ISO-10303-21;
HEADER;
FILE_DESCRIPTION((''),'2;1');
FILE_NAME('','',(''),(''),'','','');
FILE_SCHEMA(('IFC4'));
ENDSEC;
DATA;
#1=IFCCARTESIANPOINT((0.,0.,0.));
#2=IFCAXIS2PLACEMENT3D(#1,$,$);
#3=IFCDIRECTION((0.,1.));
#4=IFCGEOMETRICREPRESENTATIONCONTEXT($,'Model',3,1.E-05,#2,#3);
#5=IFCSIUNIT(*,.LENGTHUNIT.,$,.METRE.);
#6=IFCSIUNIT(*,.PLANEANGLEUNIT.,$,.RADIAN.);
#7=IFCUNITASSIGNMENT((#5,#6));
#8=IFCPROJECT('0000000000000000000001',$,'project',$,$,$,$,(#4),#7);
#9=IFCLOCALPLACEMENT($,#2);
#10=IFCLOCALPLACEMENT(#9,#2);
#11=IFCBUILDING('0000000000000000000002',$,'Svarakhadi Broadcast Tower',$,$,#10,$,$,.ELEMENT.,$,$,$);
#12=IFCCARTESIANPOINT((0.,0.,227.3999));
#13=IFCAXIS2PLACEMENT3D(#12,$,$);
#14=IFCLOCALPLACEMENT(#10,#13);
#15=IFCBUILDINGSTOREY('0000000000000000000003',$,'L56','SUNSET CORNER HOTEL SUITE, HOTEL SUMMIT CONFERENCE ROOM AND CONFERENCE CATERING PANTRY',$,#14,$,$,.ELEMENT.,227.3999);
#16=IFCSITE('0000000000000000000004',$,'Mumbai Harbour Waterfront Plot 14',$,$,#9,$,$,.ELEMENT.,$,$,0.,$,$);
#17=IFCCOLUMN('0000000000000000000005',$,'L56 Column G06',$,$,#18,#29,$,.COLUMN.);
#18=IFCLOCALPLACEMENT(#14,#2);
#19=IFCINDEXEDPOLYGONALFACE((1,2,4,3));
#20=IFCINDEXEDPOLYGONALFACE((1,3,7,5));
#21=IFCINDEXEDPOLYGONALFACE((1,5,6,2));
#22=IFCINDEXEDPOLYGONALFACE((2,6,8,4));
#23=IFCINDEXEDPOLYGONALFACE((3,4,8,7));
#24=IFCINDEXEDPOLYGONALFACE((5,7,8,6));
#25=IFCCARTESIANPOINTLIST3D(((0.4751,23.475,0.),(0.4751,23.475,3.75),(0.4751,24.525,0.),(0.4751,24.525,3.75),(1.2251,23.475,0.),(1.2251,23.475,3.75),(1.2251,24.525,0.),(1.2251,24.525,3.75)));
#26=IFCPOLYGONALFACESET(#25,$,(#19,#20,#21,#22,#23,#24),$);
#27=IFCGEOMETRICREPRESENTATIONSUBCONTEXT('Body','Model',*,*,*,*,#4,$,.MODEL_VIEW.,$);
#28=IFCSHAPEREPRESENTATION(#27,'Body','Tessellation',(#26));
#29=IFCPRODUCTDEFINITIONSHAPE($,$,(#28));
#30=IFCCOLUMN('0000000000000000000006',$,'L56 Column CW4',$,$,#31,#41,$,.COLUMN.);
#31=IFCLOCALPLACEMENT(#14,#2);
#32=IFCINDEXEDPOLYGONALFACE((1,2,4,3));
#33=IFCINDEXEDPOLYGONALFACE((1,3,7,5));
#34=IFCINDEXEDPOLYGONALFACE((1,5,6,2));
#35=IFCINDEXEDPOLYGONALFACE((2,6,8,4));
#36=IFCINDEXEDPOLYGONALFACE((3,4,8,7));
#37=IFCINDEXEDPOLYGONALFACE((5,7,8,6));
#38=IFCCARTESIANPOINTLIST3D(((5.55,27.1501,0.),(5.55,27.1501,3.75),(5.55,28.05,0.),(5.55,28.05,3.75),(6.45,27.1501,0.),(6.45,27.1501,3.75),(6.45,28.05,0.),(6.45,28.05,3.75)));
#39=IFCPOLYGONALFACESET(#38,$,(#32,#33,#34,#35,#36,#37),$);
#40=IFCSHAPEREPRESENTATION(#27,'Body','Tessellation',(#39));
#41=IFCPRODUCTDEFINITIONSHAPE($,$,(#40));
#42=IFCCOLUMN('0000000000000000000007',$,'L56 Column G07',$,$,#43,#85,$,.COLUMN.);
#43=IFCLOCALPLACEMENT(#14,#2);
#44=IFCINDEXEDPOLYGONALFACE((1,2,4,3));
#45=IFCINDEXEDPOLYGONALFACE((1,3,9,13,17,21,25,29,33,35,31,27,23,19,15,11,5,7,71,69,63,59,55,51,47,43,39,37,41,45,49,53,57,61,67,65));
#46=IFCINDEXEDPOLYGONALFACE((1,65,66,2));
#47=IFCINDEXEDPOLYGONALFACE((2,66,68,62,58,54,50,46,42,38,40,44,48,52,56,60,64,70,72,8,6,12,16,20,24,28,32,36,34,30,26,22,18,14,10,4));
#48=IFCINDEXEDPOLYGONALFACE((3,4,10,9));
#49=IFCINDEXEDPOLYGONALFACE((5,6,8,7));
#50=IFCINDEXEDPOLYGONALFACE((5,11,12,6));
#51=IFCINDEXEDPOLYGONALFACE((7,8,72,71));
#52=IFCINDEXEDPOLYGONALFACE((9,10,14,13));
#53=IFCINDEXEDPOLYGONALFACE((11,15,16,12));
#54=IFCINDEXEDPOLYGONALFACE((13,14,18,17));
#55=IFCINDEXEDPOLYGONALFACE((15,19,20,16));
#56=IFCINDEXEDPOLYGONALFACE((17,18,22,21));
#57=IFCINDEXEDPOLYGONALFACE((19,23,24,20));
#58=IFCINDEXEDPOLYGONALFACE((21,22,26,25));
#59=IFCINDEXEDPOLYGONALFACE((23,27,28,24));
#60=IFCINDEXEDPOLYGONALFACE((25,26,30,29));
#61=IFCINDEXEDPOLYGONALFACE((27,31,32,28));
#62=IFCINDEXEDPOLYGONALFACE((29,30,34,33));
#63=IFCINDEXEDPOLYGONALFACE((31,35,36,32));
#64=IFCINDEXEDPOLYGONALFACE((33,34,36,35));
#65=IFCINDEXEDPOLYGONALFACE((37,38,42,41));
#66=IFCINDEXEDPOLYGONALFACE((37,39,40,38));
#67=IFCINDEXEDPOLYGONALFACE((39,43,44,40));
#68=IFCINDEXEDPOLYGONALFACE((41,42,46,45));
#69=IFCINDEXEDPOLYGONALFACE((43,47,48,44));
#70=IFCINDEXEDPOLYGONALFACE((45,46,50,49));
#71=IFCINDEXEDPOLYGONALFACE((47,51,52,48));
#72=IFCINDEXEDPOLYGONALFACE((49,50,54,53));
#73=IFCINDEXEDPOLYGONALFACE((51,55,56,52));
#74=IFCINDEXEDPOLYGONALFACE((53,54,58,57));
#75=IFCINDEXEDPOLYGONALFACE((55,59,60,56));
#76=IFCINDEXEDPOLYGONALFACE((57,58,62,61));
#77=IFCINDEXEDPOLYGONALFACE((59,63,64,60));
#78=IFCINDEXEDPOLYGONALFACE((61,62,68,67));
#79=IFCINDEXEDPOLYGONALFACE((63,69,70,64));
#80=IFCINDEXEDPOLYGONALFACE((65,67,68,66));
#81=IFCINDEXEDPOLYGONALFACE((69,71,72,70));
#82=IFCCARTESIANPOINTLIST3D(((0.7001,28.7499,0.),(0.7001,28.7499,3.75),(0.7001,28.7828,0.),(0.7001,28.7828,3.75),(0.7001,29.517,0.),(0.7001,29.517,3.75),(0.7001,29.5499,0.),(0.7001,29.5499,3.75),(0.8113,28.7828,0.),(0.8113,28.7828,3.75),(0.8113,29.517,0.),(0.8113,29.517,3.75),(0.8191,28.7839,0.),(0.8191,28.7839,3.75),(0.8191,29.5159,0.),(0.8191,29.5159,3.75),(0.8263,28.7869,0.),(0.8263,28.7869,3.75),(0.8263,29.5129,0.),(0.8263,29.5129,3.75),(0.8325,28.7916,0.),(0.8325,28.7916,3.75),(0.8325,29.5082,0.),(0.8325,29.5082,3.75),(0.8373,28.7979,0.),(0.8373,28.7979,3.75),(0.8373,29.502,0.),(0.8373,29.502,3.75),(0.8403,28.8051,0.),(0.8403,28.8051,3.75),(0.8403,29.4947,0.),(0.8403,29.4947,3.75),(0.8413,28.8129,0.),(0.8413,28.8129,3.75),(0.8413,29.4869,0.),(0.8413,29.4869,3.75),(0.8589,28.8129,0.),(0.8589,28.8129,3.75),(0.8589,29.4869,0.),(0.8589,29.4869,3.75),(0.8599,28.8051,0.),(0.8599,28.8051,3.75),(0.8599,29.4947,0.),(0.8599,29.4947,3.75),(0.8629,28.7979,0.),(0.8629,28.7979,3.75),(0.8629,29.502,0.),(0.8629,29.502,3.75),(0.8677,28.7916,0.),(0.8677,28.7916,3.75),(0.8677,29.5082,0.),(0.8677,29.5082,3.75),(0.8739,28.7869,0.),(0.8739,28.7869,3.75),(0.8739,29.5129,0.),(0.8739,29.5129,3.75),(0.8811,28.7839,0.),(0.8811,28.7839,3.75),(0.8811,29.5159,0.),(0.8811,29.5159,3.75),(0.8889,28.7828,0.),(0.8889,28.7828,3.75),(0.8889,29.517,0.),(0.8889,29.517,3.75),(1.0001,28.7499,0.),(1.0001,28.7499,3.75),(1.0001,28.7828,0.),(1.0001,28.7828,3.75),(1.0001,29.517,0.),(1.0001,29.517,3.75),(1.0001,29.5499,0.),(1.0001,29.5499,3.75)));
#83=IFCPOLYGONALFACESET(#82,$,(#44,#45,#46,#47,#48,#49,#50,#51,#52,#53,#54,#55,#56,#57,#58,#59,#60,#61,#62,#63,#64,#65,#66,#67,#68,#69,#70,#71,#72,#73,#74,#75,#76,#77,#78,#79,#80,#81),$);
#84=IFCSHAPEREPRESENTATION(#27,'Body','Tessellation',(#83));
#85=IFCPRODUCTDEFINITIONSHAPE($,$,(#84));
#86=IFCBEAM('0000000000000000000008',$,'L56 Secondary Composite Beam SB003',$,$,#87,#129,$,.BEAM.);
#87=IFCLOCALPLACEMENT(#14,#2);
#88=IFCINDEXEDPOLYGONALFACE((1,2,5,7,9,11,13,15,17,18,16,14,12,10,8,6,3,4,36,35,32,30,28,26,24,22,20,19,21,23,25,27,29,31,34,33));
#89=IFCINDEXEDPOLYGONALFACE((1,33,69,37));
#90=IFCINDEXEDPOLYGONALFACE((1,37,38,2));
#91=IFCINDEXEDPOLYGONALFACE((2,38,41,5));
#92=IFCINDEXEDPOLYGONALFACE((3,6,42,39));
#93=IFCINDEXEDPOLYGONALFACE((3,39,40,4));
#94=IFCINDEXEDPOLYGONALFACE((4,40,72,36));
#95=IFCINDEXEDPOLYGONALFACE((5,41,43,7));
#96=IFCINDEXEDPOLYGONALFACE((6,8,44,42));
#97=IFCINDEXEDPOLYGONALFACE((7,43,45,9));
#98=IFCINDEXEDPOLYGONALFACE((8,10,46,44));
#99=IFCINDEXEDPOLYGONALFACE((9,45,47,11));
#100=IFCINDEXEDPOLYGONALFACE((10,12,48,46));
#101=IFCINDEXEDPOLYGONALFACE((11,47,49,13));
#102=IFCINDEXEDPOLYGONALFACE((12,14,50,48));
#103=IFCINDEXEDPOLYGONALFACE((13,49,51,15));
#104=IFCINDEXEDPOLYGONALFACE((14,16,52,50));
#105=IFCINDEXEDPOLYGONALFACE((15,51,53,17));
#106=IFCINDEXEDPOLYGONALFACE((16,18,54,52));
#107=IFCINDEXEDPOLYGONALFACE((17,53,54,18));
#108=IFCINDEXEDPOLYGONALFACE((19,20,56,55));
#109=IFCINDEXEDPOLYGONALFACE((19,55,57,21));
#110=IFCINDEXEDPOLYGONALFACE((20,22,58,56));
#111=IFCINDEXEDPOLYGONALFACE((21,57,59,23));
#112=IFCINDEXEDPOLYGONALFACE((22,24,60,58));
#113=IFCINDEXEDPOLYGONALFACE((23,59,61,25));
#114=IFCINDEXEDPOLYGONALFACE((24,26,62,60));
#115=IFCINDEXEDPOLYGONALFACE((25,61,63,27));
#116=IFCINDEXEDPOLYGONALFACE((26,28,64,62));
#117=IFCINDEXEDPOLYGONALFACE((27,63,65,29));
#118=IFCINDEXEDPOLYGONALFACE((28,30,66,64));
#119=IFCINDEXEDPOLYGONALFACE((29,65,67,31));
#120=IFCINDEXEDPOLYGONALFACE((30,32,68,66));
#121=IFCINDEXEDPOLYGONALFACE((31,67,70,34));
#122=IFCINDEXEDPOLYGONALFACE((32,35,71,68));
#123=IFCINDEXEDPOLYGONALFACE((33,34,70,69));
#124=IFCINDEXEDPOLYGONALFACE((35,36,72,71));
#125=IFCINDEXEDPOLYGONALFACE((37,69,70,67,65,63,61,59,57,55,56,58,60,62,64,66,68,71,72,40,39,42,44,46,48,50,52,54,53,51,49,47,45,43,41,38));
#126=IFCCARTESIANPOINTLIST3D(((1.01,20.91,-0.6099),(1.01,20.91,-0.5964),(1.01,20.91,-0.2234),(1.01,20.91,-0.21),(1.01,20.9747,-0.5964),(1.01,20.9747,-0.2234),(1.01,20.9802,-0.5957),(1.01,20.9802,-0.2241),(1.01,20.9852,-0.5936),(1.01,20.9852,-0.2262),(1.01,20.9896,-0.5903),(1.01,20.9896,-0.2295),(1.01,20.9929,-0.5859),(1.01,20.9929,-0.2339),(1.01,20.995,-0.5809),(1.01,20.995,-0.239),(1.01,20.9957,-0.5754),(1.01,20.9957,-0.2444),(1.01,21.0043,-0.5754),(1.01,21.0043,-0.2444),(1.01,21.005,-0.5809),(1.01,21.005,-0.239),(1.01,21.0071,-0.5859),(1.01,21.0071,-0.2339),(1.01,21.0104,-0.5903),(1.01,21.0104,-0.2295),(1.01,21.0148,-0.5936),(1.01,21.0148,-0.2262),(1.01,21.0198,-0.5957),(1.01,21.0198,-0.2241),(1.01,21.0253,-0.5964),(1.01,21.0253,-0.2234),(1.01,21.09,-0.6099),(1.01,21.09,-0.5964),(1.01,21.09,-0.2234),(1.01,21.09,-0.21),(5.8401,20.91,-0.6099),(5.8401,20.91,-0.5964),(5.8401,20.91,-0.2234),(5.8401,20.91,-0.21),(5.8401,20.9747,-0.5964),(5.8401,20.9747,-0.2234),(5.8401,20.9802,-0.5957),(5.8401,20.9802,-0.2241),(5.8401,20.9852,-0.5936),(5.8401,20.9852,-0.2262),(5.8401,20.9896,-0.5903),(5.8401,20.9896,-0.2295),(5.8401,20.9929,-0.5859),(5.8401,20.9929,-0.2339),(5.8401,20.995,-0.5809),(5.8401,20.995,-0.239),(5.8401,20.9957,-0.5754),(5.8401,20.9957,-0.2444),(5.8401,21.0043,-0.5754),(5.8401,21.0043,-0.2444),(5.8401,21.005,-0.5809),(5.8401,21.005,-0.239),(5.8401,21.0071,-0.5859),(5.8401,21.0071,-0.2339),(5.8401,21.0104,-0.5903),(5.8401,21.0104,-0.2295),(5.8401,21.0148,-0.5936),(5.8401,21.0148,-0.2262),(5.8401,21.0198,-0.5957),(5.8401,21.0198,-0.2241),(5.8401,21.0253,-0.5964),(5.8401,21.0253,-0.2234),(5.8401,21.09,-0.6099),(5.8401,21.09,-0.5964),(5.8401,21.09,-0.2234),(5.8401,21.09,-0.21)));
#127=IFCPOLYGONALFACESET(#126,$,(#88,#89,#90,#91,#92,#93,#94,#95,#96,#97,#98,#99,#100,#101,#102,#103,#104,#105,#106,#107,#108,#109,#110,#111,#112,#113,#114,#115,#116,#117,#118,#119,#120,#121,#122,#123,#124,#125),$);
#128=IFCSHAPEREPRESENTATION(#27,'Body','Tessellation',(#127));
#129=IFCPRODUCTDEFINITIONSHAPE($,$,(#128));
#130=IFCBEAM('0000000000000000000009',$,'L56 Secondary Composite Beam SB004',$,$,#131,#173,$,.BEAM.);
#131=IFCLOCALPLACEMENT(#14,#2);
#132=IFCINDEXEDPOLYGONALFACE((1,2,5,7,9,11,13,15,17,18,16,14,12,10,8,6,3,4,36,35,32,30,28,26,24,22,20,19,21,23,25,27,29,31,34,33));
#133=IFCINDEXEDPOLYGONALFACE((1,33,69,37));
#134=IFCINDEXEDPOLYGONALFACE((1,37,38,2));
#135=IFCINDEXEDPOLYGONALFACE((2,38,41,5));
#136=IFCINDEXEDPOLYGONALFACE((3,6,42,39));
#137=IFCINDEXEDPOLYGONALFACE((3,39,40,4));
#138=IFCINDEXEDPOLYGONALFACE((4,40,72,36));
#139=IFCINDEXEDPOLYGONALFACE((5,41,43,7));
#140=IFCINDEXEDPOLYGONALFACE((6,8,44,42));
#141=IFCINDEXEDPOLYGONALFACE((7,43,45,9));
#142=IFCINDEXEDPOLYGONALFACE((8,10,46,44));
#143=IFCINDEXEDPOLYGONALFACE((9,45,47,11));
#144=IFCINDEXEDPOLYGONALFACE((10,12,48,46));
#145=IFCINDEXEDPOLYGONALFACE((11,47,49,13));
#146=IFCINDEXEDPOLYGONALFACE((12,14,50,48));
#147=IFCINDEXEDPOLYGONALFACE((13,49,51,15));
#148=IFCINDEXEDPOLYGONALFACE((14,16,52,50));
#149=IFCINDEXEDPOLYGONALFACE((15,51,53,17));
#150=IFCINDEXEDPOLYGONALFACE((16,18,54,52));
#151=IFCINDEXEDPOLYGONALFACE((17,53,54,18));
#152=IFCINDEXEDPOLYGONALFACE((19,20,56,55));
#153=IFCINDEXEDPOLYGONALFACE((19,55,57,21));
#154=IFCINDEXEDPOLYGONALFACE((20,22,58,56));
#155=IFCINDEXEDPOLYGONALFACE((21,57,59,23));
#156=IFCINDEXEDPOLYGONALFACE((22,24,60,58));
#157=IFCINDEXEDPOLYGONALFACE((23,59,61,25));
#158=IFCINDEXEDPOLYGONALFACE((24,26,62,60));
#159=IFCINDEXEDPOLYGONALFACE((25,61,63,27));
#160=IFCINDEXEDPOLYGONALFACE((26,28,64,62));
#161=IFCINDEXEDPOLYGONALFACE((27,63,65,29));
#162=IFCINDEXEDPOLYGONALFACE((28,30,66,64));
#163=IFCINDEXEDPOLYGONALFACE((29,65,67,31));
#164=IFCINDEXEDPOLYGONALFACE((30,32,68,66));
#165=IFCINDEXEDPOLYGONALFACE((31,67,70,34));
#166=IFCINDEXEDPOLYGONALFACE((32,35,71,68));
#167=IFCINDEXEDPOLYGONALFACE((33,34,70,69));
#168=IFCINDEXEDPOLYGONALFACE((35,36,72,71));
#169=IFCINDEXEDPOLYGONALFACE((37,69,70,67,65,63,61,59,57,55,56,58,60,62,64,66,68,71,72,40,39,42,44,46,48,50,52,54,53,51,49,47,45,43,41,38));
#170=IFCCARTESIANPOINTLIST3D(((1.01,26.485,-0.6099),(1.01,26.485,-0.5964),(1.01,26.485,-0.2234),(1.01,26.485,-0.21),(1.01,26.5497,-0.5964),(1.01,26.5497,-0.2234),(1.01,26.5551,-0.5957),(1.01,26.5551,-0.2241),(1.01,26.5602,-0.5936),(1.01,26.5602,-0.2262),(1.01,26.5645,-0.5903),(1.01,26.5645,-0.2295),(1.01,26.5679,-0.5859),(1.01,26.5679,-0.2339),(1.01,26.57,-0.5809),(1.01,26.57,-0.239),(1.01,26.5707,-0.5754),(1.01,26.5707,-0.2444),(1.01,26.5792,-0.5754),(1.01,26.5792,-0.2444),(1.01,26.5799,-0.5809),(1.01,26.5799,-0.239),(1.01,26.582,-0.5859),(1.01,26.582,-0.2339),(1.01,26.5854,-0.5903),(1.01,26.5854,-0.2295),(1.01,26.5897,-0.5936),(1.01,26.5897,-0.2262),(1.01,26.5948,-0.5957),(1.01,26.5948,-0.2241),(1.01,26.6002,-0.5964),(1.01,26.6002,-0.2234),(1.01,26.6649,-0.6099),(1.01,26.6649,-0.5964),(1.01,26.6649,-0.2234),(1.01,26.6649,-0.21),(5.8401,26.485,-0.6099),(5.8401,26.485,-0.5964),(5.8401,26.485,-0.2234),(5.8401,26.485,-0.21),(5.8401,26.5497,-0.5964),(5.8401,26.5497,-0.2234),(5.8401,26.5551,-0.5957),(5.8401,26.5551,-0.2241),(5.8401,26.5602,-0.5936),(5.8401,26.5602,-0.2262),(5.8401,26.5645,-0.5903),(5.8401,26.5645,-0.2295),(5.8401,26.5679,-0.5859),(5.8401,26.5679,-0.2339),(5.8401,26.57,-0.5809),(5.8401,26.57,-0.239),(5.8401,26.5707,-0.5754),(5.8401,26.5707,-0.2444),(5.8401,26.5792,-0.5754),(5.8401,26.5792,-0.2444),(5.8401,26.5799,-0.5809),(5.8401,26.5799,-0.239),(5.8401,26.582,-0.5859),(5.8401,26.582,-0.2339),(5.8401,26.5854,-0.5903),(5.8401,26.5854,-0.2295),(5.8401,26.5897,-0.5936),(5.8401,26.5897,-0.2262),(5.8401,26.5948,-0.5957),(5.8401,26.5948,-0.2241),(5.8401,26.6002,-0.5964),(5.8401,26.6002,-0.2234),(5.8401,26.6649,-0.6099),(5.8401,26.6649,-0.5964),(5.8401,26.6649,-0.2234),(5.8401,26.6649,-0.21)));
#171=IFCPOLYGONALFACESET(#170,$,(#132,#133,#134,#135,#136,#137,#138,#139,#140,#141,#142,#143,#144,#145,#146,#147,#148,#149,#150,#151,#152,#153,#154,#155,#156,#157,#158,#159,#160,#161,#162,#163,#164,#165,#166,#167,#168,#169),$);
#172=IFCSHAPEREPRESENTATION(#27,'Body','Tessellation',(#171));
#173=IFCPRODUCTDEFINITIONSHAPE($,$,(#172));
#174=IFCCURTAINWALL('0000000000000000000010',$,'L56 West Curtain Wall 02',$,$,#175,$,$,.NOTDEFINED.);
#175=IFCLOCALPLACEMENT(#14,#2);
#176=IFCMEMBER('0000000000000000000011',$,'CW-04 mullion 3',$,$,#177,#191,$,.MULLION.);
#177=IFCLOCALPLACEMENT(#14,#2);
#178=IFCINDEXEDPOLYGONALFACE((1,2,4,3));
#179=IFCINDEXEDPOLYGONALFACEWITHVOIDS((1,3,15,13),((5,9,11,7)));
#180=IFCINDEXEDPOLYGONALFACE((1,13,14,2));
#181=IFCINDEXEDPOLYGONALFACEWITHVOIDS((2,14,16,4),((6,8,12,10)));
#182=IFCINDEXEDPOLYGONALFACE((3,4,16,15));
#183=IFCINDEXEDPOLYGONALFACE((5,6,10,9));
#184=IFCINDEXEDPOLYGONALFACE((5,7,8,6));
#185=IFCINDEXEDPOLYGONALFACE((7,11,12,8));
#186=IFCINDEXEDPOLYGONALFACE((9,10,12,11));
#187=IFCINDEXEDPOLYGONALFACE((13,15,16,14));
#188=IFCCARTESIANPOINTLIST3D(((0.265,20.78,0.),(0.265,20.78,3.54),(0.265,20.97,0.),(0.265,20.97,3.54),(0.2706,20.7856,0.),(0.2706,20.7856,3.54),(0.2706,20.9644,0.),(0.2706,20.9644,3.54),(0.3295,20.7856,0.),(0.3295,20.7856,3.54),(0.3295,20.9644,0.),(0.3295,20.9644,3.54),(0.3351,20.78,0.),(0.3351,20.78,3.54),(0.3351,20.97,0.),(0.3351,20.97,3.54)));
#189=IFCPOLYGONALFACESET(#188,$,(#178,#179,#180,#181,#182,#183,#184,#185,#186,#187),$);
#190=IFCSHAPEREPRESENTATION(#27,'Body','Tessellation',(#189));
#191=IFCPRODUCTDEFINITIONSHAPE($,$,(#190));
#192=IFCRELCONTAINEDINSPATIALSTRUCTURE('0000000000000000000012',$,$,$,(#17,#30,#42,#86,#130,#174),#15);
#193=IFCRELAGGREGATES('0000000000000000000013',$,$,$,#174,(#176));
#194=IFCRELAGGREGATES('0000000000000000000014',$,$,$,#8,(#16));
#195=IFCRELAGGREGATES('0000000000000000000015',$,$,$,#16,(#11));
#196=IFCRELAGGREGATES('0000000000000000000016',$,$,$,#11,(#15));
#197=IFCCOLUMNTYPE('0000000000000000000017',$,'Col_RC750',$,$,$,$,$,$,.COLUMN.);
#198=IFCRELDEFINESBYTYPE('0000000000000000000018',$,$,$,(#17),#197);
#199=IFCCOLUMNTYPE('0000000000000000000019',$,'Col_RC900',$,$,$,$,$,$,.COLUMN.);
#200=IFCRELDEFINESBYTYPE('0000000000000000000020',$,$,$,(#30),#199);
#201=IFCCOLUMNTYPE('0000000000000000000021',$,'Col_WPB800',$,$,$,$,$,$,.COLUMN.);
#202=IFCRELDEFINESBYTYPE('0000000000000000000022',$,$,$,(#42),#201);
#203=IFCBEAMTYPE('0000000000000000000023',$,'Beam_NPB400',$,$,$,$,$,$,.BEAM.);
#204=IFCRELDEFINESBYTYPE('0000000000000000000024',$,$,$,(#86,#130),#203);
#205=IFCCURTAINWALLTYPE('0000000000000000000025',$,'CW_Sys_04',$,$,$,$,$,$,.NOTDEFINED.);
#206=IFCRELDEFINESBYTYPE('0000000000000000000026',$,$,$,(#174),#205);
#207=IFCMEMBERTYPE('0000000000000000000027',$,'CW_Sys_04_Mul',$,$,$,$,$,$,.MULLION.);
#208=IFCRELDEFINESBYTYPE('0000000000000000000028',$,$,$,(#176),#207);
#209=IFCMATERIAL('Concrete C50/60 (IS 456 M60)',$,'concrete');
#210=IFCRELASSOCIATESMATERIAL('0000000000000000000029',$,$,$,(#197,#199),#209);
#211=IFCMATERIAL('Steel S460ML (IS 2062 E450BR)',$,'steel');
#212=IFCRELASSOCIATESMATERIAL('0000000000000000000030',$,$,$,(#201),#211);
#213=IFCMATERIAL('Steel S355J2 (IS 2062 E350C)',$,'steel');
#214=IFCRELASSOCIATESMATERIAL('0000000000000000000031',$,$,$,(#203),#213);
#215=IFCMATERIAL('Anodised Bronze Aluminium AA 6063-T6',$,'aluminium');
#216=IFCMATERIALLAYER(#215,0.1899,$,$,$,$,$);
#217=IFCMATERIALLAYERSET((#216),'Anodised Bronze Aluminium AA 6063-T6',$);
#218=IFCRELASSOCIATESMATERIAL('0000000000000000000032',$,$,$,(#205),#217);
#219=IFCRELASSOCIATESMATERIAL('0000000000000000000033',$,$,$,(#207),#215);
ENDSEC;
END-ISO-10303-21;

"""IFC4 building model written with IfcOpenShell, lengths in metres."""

from ifc_helpers import new_model, si_unit, direction, frame, origin, origin_2d, place, context, subcontext, project, spatial, rectangle, hollow_rectangle, i_section, extrude, material, layer, layer_set, material_profile, profile_set, type_object, element, aggregate, save


model = new_model("IFC4")

# Units and contexts
model_context = context("Model", 3, precision=1e-05, world=origin(), true_north=direction((0.0, 1.0)))
body_context = subcontext(model_context, "Body", "Model", "MODEL_VIEW")
ifc_project = project(units=[si_unit("LENGTHUNIT", "METRE"), si_unit("PLANEANGLEUNIT", "RADIAN")], contexts=[model_context])

# Site, building, storey
site_placement = place(None, origin())
site = spatial("IfcSite", under=ifc_project, at=site_placement, Name="Mumbai Harbour Waterfront Plot 14", CompositionType="ELEMENT", RefElevation=0.0)
building_placement = place(site_placement, origin())
building = spatial("IfcBuilding", under=site, at=building_placement, Name="Svarakhadi Broadcast Tower", CompositionType="ELEMENT")
storey_placement = place(building_placement, frame((0.0, 0.0, 227.3999)))
storey = spatial("IfcBuildingStorey", under=building, at=storey_placement, Name="L56", Description="SUNSET CORNER HOTEL SUITE, HOTEL SUMMIT CONFERENCE ROOM AND CONFERENCE CATERING PANTRY", CompositionType="ELEMENT", Elevation=227.3999)

# Columns
ifc_material_1 = material(Name="Concrete C50/60 (IS 456 M60)", Category="concrete")
ifc_material_profile_1 = material_profile(ifc_material_1, rectangle(XDim=0.75, YDim=1.05, at=origin_2d()), Name="RC 750x1050")
ifc_profile_set_1 = profile_set([ifc_material_profile_1], Name="Concrete C50/60 (IS 456 M60)")
column_type_1 = type_object("IfcColumnType", Name="Col_RC750", PredefinedType="COLUMN", material=ifc_profile_set_1)
column_1_placement = place(storey_placement, frame((0.8501, 24.0, 0.0), z_axis=(0.0, 0.0, 1.0), x_axis=(1.0, 0.0, 0.0)))
element("IfcColumn", 1, at=column_1_placement, inside=storey, type_object=column_type_1, Name="L56 Column G06", PredefinedType="COLUMN", context=body_context, shape_type="SweptSolid", body=[
    extrude(rectangle(XDim=0.75, YDim=1.05, at=origin_2d()), origin(), (0.0, 0.0, 1.0), 3.75),
])
ifc_material_profile_2 = material_profile(ifc_material_1, rectangle(XDim=0.8999, YDim=0.8999, at=origin_2d()), Name="RC 900x900")
ifc_profile_set_2 = profile_set([ifc_material_profile_2], Name="Concrete C50/60 (IS 456 M60)")
column_type_2 = type_object("IfcColumnType", Name="Col_RC900", PredefinedType="COLUMN", material=ifc_profile_set_2)
column_2_placement = place(storey_placement, frame((6.0, 27.6001, 0.0), z_axis=(0.0, 0.0, 1.0), x_axis=(1.0, 0.0, 0.0)))
element("IfcColumn", 2, at=column_2_placement, inside=storey, type_object=column_type_2, Name="L56 Column CW4", PredefinedType="COLUMN", context=body_context, shape_type="SweptSolid", body=[
    extrude(rectangle(XDim=0.8999, YDim=0.8999, at=origin_2d()), origin(), (0.0, 0.0, 1.0), 3.75),
])
ifc_material_2 = material(Name="Steel S460ML (IS 2062 E450BR)", Category="steel")
ifc_material_profile_3 = material_profile(ifc_material_2, i_section(OverallWidth=0.3, OverallDepth=0.8, WebThickness=0.0176, FlangeThickness=0.033, FilletRadius=0.03, at=origin_2d()), Name="WPB 800x300x262")
ifc_profile_set_3 = profile_set([ifc_material_profile_3], Name="Steel S460ML (IS 2062 E450BR)")
column_type_3 = type_object("IfcColumnType", Name="Col_WPB800", PredefinedType="COLUMN", material=ifc_profile_set_3)
column_3_placement = place(storey_placement, frame((0.8501, 29.1499, 0.0), z_axis=(0.0, 0.0, 1.0), x_axis=(1.0, 0.0, 0.0)))
element("IfcColumn", 3, at=column_3_placement, inside=storey, type_object=column_type_3, Name="L56 Column G07", PredefinedType="COLUMN", context=body_context, shape_type="SweptSolid", body=[
    extrude(i_section(OverallWidth=0.3, OverallDepth=0.8, WebThickness=0.0176, FlangeThickness=0.033, FilletRadius=0.03, at=origin_2d()), origin(), (0.0, 0.0, 1.0), 3.75),
])

# Beams
ifc_material_3 = material(Name="Steel S355J2 (IS 2062 E350C)", Category="steel")
ifc_material_profile_4 = material_profile(ifc_material_3, i_section(OverallWidth=0.1799, OverallDepth=0.3999, WebThickness=0.0085, FlangeThickness=0.0134, FilletRadius=0.021, at=origin_2d()), Name="NPB 400x180x66")
ifc_profile_set_4 = profile_set([ifc_material_profile_4], Name="Steel S355J2 (IS 2062 E350C)")
beam_type_1 = type_object("IfcBeamType", Name="Beam_NPB400", PredefinedType="BEAM", material=ifc_profile_set_4)
for number, where, z_axis, x_axis, name in (
    (4, (1.01, 21.0, -0.4099), (1.0, 0.0, 0.0), (0.0, 1.0, 0.0), "L56 Secondary Composite Beam SB003"),
    (5, (1.01, 26.575, -0.4099), (1.0, 0.0, 0.0), (0.0, 1.0, 0.0), "L56 Secondary Composite Beam SB004"),
):
    element("IfcBeam", number, at=place(storey_placement, frame(where, z_axis=z_axis, x_axis=x_axis)), inside=storey, type_object=beam_type_1, Name=name, PredefinedType="BEAM", context=body_context, shape_type="SweptSolid", body=[
        extrude(i_section(OverallWidth=0.1799, OverallDepth=0.3999, WebThickness=0.0085, FlangeThickness=0.0134, FilletRadius=0.021, at=origin_2d()), origin(), (0.0, 0.0, 1.0), 4.8301),
    ])

# Curtain wall, member
ifc_material_4 = material(Name="Anodised Bronze Aluminium AA 6063-T6", Category="aluminium")
ifc_layer_1 = layer(ifc_material_4, 0.1899)
ifc_layer_set_1 = layer_set([ifc_layer_1], Name="Anodised Bronze Aluminium AA 6063-T6")
curtain_wall_type = type_object("IfcCurtainWallType", Name="CW_Sys_04", PredefinedType="NOTDEFINED", material=ifc_layer_set_1)
curtain_wall_placement = place(storey_placement, origin())
curtain_wall = element("IfcCurtainWall", 6, at=curtain_wall_placement, inside=storey, type_object=curtain_wall_type, Name="L56 West Curtain Wall 02", PredefinedType="NOTDEFINED")
ifc_material_profile_5 = material_profile(ifc_material_4, hollow_rectangle(XDim=0.0701, YDim=0.1899, WallThickness=0.0056, at=origin_2d()), Name="ALU MULLION 190x70x6")
ifc_profile_set_5 = profile_set([ifc_material_profile_5], Name="Anodised Bronze Aluminium AA 6063-T6")
member_type_1 = type_object("IfcMemberType", Name="CW_Sys_04_Mul", PredefinedType="MULLION", material=ifc_profile_set_5)
member_1_placement = place(storey_placement, frame((0.3, 20.875, 0.0), z_axis=(0.0, 0.0, 1.0), x_axis=(-1.0, 0.0, 0.0)))
member_1 = element("IfcMember", 7, at=member_1_placement, type_object=member_type_1, Name="CW-04 mullion 3", PredefinedType="MULLION", context=body_context, shape_type="SweptSolid", body=[
    extrude(hollow_rectangle(XDim=0.0701, YDim=0.1899, WallThickness=0.0056, at=origin_2d()), origin(), (0.0, 0.0, 1.0), 3.54),
])
aggregate(curtain_wall, [member_1])

save(model, "model.ifc")
